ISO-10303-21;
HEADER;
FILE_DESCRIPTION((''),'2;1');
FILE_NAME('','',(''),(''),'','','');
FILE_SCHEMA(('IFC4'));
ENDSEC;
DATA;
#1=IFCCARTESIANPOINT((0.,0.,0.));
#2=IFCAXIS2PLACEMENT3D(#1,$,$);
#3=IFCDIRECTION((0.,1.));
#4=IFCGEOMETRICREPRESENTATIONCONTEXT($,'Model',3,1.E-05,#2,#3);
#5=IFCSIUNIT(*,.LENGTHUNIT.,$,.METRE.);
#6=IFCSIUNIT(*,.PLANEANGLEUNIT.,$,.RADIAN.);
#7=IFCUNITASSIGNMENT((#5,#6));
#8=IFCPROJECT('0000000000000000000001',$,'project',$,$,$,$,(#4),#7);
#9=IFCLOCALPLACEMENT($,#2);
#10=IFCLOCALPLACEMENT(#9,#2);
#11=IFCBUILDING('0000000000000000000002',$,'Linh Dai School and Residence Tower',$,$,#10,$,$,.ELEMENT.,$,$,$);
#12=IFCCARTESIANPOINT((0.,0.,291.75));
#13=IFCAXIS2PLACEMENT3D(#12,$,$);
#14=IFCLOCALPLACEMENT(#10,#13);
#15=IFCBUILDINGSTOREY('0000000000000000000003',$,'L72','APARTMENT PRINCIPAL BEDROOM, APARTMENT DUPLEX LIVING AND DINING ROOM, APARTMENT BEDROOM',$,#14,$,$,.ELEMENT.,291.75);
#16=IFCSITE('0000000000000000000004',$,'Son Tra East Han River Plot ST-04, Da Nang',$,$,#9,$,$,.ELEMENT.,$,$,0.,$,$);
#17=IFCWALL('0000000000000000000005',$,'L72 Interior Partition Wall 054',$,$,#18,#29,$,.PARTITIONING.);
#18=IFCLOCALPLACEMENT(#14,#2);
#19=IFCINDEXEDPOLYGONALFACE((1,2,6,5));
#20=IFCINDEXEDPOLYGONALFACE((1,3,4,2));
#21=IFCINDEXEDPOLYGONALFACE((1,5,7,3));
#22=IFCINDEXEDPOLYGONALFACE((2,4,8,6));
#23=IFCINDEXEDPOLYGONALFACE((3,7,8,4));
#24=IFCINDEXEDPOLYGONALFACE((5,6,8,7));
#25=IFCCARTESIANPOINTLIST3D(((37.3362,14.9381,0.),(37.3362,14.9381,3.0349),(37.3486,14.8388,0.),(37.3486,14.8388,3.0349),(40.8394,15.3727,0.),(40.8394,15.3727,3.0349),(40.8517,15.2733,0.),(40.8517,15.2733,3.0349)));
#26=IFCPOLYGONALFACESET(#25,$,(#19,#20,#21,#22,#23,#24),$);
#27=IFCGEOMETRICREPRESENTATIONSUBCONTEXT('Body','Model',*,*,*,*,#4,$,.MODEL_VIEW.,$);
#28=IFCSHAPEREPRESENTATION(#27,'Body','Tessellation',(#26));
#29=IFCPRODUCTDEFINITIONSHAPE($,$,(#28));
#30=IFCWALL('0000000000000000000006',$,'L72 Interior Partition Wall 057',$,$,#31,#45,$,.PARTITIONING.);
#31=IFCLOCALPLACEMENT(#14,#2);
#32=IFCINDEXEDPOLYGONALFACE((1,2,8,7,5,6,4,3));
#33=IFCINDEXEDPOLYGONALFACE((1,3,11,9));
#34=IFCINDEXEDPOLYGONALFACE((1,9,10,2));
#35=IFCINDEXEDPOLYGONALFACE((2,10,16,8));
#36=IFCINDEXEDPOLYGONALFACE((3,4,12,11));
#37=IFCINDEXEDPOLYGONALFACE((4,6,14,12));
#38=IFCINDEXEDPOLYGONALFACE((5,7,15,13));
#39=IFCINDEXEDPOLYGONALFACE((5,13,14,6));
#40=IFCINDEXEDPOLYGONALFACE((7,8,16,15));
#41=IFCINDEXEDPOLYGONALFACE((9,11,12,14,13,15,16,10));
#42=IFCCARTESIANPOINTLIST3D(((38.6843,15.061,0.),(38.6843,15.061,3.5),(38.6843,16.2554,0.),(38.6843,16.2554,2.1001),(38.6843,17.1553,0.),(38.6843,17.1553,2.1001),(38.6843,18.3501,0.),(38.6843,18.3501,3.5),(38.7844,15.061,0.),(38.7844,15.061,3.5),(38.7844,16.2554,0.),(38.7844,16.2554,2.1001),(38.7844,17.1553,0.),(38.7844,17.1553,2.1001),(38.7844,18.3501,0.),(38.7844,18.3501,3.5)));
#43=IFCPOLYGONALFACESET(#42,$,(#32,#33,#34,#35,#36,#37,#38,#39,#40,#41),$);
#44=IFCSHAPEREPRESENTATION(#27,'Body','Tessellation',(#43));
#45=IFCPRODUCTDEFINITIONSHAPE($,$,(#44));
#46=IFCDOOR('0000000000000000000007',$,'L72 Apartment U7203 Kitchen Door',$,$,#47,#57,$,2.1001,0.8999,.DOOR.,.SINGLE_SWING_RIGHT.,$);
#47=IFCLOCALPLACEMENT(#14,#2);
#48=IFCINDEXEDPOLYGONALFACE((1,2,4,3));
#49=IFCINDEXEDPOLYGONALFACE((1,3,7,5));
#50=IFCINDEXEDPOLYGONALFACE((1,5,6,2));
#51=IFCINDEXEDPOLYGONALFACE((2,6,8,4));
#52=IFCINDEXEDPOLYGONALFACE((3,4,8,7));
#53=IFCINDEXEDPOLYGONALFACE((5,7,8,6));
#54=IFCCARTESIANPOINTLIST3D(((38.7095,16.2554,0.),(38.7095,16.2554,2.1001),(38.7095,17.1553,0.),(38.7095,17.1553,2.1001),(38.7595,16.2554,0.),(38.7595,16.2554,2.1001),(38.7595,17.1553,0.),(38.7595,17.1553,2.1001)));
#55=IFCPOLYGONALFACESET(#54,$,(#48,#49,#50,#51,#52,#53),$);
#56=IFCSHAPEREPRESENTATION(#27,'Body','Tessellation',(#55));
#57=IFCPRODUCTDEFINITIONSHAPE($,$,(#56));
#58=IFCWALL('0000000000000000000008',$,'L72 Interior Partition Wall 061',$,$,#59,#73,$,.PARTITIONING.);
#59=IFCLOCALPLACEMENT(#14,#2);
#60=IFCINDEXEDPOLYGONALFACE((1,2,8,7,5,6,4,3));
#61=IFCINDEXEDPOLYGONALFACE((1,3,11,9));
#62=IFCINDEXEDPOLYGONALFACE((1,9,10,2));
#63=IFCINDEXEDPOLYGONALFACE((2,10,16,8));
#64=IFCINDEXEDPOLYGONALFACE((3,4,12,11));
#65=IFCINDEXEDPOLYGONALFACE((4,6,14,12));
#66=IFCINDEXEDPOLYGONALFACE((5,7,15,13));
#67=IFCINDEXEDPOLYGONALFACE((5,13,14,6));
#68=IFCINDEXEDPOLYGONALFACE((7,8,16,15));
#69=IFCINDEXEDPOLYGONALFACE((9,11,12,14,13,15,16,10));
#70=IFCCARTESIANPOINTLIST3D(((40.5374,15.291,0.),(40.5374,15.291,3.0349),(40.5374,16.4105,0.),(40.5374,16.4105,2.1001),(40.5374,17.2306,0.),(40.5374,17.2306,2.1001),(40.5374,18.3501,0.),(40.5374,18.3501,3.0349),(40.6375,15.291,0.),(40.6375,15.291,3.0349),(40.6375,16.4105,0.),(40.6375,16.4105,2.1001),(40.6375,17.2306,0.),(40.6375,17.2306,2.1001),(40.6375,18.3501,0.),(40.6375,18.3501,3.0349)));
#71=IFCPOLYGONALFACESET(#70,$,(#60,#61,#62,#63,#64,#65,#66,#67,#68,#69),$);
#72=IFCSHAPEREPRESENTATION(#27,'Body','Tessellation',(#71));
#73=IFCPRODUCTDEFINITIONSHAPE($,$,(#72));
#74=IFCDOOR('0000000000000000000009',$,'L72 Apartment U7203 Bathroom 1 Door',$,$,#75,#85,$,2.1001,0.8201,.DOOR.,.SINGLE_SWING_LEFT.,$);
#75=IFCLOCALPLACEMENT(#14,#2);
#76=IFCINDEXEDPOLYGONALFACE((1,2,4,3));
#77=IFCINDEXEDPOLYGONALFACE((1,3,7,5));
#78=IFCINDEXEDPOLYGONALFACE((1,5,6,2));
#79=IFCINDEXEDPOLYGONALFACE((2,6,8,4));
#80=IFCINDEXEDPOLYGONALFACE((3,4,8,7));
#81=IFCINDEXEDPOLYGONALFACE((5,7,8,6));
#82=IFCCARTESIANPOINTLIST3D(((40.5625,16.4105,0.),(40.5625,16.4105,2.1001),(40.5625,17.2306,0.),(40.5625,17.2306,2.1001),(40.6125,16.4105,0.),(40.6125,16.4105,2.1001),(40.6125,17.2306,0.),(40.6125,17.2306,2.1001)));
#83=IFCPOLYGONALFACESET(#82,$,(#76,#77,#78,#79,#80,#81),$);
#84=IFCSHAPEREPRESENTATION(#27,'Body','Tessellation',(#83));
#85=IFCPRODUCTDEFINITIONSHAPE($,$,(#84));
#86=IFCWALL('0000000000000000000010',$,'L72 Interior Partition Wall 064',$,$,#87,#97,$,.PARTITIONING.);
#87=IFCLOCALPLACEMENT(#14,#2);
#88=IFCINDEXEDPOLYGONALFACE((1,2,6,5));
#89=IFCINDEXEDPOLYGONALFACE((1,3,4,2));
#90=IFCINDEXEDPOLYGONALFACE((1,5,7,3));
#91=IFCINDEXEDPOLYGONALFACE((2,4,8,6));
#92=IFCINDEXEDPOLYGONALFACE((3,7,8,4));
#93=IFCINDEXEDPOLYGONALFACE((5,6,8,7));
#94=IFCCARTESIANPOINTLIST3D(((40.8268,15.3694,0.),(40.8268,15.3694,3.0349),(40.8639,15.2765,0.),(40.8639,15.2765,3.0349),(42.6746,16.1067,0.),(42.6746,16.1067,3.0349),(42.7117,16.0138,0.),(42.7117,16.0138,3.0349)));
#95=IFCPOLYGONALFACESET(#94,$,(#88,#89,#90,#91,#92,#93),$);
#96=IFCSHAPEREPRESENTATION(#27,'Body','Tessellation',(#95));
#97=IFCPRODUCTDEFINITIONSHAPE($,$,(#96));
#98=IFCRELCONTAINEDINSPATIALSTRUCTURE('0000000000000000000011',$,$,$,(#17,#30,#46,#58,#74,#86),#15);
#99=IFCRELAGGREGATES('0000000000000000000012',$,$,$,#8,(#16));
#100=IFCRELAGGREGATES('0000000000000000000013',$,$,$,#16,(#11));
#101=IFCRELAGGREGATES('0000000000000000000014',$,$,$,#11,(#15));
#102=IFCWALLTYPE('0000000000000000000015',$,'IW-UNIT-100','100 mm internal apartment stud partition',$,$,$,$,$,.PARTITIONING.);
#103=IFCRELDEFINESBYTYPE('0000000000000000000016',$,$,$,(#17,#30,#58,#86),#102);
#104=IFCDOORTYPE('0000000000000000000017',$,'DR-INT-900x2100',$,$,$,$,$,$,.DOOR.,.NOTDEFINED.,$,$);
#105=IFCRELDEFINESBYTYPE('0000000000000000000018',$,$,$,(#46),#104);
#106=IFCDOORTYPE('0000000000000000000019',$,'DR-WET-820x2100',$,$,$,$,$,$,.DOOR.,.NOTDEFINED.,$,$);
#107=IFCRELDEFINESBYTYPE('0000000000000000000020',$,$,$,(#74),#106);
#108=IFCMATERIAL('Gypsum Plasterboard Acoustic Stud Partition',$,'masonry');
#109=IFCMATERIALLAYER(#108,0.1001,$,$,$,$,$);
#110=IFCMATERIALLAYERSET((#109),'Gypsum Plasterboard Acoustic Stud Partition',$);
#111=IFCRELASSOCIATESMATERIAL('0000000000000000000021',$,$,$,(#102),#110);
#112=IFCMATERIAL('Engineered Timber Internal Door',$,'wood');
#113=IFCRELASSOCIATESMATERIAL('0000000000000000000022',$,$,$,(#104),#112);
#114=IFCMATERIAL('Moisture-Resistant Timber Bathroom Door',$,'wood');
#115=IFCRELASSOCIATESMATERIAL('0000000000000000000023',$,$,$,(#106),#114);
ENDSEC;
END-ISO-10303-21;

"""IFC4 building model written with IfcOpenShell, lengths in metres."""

from ifc_helpers import new_model, si_unit, direction, frame, frame_2d, origin, origin_2d, place, context, subcontext, project, spatial, rectangle, extrude, source, transform, mapped, material, layer, layer_set, type_object, element, fill, save


model = new_model("IFC4")

# Units and contexts
model_context = context("Model", 3, precision=1e-05, world=origin(), true_north=direction((0.0, 1.0)))
body_context = subcontext(model_context, "Body", "Model", "MODEL_VIEW")
ifc_project = project(units=[si_unit("LENGTHUNIT", "METRE"), si_unit("PLANEANGLEUNIT", "RADIAN")], contexts=[model_context])

# Site, building, storey
site_placement = place(None, origin())
site = spatial("IfcSite", under=ifc_project, at=site_placement, Name="Son Tra East Han River Plot ST-04, Da Nang", CompositionType="ELEMENT", RefElevation=0.0)
building_placement = place(site_placement, origin())
building = spatial("IfcBuilding", under=site, at=building_placement, Name="Linh Dai School and Residence Tower", CompositionType="ELEMENT")
storey_placement = place(building_placement, frame((0.0, 0.0, 291.75)))
storey = spatial("IfcBuildingStorey", under=building, at=storey_placement, Name="L72", Description="APARTMENT PRINCIPAL BEDROOM, APARTMENT DUPLEX LIVING AND DINING ROOM, APARTMENT BEDROOM", CompositionType="ELEMENT", Elevation=291.75)

# Shared definitions
ifc_material_1 = material(Name="Gypsum Plasterboard Acoustic Stud Partition", Category="masonry")
ifc_layer_1 = layer(ifc_material_1, 0.1001)
ifc_layer_set_1 = layer_set([ifc_layer_1], Name="Gypsum Plasterboard Acoustic Stud Partition")
wall_type_1 = type_object("IfcWallType", Name="IW-UNIT-100", Description="100 mm internal apartment stud partition", PredefinedType="PARTITIONING", material=ifc_layer_set_1)
ifc_material_2 = material(Name="Engineered Timber Internal Door", Category="wood")
door_type_1 = type_object("IfcDoorType", Name="DR-INT-900x2100", OperationType="NOTDEFINED", PredefinedType="DOOR", material=ifc_material_2)
shared_shape_1 = source(origin(), body_context, "Body", "SweptSolid", [
    extrude(rectangle(XDim=0.8999, YDim=2.1001, at=origin_2d()), frame((0.45, 0.0249, 1.05), z_axis=(0.0, -1.0, 0.0), x_axis=(1.0, 0.0, 0.0)), (0.0, 0.0, 1.0), 0.05),
])

# Wall
wall_1_placement = place(storey_placement, frame((37.3423, 14.8884, 0.0), z_axis=(0.0, 0.0, 1.0), x_axis=(0.992393, 0.123107, 0.0)))
element("IfcWall", 1, at=wall_1_placement, inside=storey, type_object=wall_type_1, Name="L72 Interior Partition Wall 054", PredefinedType="PARTITIONING", context=body_context, shape_type="SweptSolid", body=[
    extrude(rectangle(XDim=3.53, YDim=0.1001, at=frame_2d((1.7651, 0.0))), origin(), (0.0, 0.0, 1.0), 3.0349),
])

# Walls, openings, doors
wall_2_placement = place(storey_placement, frame((38.7344, 15.061, 0.0), z_axis=(0.0, 0.0, 1.0), x_axis=(0.0, 1.0, 0.0)))
wall_2 = element("IfcWall", 2, at=wall_2_placement, inside=storey, type_object=wall_type_1, Name="L72 Interior Partition Wall 057", PredefinedType="PARTITIONING", context=body_context, shape_type="SweptSolid", body=[
    extrude(rectangle(XDim=3.2891, YDim=0.1001, at=frame_2d((1.6445, 0.0))), origin(), (0.0, 0.0, 1.0), 3.5),
])
opening_1_placement = place(wall_2_placement, frame((1.1943, 0.0, 0.0)))
opening_1 = element("IfcOpeningElement", 3, at=opening_1_placement, cuts=wall_2, PredefinedType="OPENING", context=body_context, shape_type="SweptSolid", body=[
    extrude(rectangle(XDim=0.8999, YDim=2.1001, at=origin_2d()), frame((0.45, 0.0601, 1.05), z_axis=(0.0, -1.0, 0.0), x_axis=(1.0, 0.0, 0.0)), (0.0, 0.0, 1.0), 0.1201),
])
door_1_placement = place(opening_1_placement, origin())
door_1 = element("IfcDoor", 4, at=door_1_placement, inside=storey, type_object=door_type_1, Name="L72 Apartment U7203 Kitchen Door", OperationType="SINGLE_SWING_RIGHT", OverallHeight=2.1001, OverallWidth=0.8999, PredefinedType="DOOR", context=body_context, shape_type="MappedRepresentation", body=[
    mapped(shared_shape_1, transform((0.0, 0.0, 0.0), x_axis=(1.0, 0.0, 0.0), y_axis=(0.0, 1.0, 0.0), z_axis=(0.0, 0.0, 1.0), scale=1.0)),
])
fill(opening_1, door_1)
wall_3_placement = place(storey_placement, frame((40.5874, 15.291, 0.0), z_axis=(0.0, 0.0, 1.0), x_axis=(0.0, 1.0, 0.0)))
wall_3 = element("IfcWall", 5, at=wall_3_placement, inside=storey, type_object=wall_type_1, Name="L72 Interior Partition Wall 061", PredefinedType="PARTITIONING", context=body_context, shape_type="SweptSolid", body=[
    extrude(rectangle(XDim=3.0591, YDim=0.1001, at=frame_2d((1.5295, 0.0))), origin(), (0.0, 0.0, 1.0), 3.0349),
])
opening_2_placement = place(wall_3_placement, frame((1.1194, 0.0, 0.0)))
opening_2 = element("IfcOpeningElement", 6, at=opening_2_placement, cuts=wall_3, PredefinedType="OPENING", context=body_context, shape_type="SweptSolid", body=[
    extrude(rectangle(XDim=0.8201, YDim=2.1001, at=origin_2d()), frame((0.4102, 0.0601, 1.05), z_axis=(0.0, -1.0, 0.0), x_axis=(1.0, 0.0, 0.0)), (0.0, 0.0, 1.0), 0.1201),
])
ifc_material_3 = material(Name="Moisture-Resistant Timber Bathroom Door", Category="wood")
door_type_2 = type_object("IfcDoorType", Name="DR-WET-820x2100", OperationType="NOTDEFINED", PredefinedType="DOOR", material=ifc_material_3)
shared_shape_2 = source(origin(), body_context, "Body", "SweptSolid", [
    extrude(rectangle(XDim=0.8201, YDim=2.1001, at=origin_2d()), frame((0.4102, 0.0249, 1.05), z_axis=(0.0, -1.0, 0.0), x_axis=(1.0, 0.0, 0.0)), (0.0, 0.0, 1.0), 0.05),
])
door_2_placement = place(opening_2_placement, origin())
door_2 = element("IfcDoor", 7, at=door_2_placement, inside=storey, type_object=door_type_2, Name="L72 Apartment U7203 Bathroom 1 Door", OperationType="SINGLE_SWING_LEFT", OverallHeight=2.1001, OverallWidth=0.8201, PredefinedType="DOOR", context=body_context, shape_type="MappedRepresentation", body=[
    mapped(shared_shape_2, transform((0.0, 0.0, 0.0), x_axis=(1.0, 0.0, 0.0), y_axis=(0.0, 1.0, 0.0), z_axis=(0.0, 0.0, 1.0), scale=1.0)),
])
fill(opening_2, door_2)

# Wall
wall_4_placement = place(storey_placement, frame((40.8455, 15.323, 0.0), z_axis=(0.0, 0.0, 1.0), x_axis=(0.928798, 0.370587, 0.0)))
element("IfcWall", 8, at=wall_4_placement, inside=storey, type_object=wall_type_1, Name="L72 Interior Partition Wall 064", PredefinedType="PARTITIONING", context=body_context, shape_type="SweptSolid", body=[
    extrude(rectangle(XDim=1.9895, YDim=0.1001, at=frame_2d((0.9946, 0.0))), origin(), (0.0, 0.0, 1.0), 3.0349),
])

save(model, "model.ifc")
